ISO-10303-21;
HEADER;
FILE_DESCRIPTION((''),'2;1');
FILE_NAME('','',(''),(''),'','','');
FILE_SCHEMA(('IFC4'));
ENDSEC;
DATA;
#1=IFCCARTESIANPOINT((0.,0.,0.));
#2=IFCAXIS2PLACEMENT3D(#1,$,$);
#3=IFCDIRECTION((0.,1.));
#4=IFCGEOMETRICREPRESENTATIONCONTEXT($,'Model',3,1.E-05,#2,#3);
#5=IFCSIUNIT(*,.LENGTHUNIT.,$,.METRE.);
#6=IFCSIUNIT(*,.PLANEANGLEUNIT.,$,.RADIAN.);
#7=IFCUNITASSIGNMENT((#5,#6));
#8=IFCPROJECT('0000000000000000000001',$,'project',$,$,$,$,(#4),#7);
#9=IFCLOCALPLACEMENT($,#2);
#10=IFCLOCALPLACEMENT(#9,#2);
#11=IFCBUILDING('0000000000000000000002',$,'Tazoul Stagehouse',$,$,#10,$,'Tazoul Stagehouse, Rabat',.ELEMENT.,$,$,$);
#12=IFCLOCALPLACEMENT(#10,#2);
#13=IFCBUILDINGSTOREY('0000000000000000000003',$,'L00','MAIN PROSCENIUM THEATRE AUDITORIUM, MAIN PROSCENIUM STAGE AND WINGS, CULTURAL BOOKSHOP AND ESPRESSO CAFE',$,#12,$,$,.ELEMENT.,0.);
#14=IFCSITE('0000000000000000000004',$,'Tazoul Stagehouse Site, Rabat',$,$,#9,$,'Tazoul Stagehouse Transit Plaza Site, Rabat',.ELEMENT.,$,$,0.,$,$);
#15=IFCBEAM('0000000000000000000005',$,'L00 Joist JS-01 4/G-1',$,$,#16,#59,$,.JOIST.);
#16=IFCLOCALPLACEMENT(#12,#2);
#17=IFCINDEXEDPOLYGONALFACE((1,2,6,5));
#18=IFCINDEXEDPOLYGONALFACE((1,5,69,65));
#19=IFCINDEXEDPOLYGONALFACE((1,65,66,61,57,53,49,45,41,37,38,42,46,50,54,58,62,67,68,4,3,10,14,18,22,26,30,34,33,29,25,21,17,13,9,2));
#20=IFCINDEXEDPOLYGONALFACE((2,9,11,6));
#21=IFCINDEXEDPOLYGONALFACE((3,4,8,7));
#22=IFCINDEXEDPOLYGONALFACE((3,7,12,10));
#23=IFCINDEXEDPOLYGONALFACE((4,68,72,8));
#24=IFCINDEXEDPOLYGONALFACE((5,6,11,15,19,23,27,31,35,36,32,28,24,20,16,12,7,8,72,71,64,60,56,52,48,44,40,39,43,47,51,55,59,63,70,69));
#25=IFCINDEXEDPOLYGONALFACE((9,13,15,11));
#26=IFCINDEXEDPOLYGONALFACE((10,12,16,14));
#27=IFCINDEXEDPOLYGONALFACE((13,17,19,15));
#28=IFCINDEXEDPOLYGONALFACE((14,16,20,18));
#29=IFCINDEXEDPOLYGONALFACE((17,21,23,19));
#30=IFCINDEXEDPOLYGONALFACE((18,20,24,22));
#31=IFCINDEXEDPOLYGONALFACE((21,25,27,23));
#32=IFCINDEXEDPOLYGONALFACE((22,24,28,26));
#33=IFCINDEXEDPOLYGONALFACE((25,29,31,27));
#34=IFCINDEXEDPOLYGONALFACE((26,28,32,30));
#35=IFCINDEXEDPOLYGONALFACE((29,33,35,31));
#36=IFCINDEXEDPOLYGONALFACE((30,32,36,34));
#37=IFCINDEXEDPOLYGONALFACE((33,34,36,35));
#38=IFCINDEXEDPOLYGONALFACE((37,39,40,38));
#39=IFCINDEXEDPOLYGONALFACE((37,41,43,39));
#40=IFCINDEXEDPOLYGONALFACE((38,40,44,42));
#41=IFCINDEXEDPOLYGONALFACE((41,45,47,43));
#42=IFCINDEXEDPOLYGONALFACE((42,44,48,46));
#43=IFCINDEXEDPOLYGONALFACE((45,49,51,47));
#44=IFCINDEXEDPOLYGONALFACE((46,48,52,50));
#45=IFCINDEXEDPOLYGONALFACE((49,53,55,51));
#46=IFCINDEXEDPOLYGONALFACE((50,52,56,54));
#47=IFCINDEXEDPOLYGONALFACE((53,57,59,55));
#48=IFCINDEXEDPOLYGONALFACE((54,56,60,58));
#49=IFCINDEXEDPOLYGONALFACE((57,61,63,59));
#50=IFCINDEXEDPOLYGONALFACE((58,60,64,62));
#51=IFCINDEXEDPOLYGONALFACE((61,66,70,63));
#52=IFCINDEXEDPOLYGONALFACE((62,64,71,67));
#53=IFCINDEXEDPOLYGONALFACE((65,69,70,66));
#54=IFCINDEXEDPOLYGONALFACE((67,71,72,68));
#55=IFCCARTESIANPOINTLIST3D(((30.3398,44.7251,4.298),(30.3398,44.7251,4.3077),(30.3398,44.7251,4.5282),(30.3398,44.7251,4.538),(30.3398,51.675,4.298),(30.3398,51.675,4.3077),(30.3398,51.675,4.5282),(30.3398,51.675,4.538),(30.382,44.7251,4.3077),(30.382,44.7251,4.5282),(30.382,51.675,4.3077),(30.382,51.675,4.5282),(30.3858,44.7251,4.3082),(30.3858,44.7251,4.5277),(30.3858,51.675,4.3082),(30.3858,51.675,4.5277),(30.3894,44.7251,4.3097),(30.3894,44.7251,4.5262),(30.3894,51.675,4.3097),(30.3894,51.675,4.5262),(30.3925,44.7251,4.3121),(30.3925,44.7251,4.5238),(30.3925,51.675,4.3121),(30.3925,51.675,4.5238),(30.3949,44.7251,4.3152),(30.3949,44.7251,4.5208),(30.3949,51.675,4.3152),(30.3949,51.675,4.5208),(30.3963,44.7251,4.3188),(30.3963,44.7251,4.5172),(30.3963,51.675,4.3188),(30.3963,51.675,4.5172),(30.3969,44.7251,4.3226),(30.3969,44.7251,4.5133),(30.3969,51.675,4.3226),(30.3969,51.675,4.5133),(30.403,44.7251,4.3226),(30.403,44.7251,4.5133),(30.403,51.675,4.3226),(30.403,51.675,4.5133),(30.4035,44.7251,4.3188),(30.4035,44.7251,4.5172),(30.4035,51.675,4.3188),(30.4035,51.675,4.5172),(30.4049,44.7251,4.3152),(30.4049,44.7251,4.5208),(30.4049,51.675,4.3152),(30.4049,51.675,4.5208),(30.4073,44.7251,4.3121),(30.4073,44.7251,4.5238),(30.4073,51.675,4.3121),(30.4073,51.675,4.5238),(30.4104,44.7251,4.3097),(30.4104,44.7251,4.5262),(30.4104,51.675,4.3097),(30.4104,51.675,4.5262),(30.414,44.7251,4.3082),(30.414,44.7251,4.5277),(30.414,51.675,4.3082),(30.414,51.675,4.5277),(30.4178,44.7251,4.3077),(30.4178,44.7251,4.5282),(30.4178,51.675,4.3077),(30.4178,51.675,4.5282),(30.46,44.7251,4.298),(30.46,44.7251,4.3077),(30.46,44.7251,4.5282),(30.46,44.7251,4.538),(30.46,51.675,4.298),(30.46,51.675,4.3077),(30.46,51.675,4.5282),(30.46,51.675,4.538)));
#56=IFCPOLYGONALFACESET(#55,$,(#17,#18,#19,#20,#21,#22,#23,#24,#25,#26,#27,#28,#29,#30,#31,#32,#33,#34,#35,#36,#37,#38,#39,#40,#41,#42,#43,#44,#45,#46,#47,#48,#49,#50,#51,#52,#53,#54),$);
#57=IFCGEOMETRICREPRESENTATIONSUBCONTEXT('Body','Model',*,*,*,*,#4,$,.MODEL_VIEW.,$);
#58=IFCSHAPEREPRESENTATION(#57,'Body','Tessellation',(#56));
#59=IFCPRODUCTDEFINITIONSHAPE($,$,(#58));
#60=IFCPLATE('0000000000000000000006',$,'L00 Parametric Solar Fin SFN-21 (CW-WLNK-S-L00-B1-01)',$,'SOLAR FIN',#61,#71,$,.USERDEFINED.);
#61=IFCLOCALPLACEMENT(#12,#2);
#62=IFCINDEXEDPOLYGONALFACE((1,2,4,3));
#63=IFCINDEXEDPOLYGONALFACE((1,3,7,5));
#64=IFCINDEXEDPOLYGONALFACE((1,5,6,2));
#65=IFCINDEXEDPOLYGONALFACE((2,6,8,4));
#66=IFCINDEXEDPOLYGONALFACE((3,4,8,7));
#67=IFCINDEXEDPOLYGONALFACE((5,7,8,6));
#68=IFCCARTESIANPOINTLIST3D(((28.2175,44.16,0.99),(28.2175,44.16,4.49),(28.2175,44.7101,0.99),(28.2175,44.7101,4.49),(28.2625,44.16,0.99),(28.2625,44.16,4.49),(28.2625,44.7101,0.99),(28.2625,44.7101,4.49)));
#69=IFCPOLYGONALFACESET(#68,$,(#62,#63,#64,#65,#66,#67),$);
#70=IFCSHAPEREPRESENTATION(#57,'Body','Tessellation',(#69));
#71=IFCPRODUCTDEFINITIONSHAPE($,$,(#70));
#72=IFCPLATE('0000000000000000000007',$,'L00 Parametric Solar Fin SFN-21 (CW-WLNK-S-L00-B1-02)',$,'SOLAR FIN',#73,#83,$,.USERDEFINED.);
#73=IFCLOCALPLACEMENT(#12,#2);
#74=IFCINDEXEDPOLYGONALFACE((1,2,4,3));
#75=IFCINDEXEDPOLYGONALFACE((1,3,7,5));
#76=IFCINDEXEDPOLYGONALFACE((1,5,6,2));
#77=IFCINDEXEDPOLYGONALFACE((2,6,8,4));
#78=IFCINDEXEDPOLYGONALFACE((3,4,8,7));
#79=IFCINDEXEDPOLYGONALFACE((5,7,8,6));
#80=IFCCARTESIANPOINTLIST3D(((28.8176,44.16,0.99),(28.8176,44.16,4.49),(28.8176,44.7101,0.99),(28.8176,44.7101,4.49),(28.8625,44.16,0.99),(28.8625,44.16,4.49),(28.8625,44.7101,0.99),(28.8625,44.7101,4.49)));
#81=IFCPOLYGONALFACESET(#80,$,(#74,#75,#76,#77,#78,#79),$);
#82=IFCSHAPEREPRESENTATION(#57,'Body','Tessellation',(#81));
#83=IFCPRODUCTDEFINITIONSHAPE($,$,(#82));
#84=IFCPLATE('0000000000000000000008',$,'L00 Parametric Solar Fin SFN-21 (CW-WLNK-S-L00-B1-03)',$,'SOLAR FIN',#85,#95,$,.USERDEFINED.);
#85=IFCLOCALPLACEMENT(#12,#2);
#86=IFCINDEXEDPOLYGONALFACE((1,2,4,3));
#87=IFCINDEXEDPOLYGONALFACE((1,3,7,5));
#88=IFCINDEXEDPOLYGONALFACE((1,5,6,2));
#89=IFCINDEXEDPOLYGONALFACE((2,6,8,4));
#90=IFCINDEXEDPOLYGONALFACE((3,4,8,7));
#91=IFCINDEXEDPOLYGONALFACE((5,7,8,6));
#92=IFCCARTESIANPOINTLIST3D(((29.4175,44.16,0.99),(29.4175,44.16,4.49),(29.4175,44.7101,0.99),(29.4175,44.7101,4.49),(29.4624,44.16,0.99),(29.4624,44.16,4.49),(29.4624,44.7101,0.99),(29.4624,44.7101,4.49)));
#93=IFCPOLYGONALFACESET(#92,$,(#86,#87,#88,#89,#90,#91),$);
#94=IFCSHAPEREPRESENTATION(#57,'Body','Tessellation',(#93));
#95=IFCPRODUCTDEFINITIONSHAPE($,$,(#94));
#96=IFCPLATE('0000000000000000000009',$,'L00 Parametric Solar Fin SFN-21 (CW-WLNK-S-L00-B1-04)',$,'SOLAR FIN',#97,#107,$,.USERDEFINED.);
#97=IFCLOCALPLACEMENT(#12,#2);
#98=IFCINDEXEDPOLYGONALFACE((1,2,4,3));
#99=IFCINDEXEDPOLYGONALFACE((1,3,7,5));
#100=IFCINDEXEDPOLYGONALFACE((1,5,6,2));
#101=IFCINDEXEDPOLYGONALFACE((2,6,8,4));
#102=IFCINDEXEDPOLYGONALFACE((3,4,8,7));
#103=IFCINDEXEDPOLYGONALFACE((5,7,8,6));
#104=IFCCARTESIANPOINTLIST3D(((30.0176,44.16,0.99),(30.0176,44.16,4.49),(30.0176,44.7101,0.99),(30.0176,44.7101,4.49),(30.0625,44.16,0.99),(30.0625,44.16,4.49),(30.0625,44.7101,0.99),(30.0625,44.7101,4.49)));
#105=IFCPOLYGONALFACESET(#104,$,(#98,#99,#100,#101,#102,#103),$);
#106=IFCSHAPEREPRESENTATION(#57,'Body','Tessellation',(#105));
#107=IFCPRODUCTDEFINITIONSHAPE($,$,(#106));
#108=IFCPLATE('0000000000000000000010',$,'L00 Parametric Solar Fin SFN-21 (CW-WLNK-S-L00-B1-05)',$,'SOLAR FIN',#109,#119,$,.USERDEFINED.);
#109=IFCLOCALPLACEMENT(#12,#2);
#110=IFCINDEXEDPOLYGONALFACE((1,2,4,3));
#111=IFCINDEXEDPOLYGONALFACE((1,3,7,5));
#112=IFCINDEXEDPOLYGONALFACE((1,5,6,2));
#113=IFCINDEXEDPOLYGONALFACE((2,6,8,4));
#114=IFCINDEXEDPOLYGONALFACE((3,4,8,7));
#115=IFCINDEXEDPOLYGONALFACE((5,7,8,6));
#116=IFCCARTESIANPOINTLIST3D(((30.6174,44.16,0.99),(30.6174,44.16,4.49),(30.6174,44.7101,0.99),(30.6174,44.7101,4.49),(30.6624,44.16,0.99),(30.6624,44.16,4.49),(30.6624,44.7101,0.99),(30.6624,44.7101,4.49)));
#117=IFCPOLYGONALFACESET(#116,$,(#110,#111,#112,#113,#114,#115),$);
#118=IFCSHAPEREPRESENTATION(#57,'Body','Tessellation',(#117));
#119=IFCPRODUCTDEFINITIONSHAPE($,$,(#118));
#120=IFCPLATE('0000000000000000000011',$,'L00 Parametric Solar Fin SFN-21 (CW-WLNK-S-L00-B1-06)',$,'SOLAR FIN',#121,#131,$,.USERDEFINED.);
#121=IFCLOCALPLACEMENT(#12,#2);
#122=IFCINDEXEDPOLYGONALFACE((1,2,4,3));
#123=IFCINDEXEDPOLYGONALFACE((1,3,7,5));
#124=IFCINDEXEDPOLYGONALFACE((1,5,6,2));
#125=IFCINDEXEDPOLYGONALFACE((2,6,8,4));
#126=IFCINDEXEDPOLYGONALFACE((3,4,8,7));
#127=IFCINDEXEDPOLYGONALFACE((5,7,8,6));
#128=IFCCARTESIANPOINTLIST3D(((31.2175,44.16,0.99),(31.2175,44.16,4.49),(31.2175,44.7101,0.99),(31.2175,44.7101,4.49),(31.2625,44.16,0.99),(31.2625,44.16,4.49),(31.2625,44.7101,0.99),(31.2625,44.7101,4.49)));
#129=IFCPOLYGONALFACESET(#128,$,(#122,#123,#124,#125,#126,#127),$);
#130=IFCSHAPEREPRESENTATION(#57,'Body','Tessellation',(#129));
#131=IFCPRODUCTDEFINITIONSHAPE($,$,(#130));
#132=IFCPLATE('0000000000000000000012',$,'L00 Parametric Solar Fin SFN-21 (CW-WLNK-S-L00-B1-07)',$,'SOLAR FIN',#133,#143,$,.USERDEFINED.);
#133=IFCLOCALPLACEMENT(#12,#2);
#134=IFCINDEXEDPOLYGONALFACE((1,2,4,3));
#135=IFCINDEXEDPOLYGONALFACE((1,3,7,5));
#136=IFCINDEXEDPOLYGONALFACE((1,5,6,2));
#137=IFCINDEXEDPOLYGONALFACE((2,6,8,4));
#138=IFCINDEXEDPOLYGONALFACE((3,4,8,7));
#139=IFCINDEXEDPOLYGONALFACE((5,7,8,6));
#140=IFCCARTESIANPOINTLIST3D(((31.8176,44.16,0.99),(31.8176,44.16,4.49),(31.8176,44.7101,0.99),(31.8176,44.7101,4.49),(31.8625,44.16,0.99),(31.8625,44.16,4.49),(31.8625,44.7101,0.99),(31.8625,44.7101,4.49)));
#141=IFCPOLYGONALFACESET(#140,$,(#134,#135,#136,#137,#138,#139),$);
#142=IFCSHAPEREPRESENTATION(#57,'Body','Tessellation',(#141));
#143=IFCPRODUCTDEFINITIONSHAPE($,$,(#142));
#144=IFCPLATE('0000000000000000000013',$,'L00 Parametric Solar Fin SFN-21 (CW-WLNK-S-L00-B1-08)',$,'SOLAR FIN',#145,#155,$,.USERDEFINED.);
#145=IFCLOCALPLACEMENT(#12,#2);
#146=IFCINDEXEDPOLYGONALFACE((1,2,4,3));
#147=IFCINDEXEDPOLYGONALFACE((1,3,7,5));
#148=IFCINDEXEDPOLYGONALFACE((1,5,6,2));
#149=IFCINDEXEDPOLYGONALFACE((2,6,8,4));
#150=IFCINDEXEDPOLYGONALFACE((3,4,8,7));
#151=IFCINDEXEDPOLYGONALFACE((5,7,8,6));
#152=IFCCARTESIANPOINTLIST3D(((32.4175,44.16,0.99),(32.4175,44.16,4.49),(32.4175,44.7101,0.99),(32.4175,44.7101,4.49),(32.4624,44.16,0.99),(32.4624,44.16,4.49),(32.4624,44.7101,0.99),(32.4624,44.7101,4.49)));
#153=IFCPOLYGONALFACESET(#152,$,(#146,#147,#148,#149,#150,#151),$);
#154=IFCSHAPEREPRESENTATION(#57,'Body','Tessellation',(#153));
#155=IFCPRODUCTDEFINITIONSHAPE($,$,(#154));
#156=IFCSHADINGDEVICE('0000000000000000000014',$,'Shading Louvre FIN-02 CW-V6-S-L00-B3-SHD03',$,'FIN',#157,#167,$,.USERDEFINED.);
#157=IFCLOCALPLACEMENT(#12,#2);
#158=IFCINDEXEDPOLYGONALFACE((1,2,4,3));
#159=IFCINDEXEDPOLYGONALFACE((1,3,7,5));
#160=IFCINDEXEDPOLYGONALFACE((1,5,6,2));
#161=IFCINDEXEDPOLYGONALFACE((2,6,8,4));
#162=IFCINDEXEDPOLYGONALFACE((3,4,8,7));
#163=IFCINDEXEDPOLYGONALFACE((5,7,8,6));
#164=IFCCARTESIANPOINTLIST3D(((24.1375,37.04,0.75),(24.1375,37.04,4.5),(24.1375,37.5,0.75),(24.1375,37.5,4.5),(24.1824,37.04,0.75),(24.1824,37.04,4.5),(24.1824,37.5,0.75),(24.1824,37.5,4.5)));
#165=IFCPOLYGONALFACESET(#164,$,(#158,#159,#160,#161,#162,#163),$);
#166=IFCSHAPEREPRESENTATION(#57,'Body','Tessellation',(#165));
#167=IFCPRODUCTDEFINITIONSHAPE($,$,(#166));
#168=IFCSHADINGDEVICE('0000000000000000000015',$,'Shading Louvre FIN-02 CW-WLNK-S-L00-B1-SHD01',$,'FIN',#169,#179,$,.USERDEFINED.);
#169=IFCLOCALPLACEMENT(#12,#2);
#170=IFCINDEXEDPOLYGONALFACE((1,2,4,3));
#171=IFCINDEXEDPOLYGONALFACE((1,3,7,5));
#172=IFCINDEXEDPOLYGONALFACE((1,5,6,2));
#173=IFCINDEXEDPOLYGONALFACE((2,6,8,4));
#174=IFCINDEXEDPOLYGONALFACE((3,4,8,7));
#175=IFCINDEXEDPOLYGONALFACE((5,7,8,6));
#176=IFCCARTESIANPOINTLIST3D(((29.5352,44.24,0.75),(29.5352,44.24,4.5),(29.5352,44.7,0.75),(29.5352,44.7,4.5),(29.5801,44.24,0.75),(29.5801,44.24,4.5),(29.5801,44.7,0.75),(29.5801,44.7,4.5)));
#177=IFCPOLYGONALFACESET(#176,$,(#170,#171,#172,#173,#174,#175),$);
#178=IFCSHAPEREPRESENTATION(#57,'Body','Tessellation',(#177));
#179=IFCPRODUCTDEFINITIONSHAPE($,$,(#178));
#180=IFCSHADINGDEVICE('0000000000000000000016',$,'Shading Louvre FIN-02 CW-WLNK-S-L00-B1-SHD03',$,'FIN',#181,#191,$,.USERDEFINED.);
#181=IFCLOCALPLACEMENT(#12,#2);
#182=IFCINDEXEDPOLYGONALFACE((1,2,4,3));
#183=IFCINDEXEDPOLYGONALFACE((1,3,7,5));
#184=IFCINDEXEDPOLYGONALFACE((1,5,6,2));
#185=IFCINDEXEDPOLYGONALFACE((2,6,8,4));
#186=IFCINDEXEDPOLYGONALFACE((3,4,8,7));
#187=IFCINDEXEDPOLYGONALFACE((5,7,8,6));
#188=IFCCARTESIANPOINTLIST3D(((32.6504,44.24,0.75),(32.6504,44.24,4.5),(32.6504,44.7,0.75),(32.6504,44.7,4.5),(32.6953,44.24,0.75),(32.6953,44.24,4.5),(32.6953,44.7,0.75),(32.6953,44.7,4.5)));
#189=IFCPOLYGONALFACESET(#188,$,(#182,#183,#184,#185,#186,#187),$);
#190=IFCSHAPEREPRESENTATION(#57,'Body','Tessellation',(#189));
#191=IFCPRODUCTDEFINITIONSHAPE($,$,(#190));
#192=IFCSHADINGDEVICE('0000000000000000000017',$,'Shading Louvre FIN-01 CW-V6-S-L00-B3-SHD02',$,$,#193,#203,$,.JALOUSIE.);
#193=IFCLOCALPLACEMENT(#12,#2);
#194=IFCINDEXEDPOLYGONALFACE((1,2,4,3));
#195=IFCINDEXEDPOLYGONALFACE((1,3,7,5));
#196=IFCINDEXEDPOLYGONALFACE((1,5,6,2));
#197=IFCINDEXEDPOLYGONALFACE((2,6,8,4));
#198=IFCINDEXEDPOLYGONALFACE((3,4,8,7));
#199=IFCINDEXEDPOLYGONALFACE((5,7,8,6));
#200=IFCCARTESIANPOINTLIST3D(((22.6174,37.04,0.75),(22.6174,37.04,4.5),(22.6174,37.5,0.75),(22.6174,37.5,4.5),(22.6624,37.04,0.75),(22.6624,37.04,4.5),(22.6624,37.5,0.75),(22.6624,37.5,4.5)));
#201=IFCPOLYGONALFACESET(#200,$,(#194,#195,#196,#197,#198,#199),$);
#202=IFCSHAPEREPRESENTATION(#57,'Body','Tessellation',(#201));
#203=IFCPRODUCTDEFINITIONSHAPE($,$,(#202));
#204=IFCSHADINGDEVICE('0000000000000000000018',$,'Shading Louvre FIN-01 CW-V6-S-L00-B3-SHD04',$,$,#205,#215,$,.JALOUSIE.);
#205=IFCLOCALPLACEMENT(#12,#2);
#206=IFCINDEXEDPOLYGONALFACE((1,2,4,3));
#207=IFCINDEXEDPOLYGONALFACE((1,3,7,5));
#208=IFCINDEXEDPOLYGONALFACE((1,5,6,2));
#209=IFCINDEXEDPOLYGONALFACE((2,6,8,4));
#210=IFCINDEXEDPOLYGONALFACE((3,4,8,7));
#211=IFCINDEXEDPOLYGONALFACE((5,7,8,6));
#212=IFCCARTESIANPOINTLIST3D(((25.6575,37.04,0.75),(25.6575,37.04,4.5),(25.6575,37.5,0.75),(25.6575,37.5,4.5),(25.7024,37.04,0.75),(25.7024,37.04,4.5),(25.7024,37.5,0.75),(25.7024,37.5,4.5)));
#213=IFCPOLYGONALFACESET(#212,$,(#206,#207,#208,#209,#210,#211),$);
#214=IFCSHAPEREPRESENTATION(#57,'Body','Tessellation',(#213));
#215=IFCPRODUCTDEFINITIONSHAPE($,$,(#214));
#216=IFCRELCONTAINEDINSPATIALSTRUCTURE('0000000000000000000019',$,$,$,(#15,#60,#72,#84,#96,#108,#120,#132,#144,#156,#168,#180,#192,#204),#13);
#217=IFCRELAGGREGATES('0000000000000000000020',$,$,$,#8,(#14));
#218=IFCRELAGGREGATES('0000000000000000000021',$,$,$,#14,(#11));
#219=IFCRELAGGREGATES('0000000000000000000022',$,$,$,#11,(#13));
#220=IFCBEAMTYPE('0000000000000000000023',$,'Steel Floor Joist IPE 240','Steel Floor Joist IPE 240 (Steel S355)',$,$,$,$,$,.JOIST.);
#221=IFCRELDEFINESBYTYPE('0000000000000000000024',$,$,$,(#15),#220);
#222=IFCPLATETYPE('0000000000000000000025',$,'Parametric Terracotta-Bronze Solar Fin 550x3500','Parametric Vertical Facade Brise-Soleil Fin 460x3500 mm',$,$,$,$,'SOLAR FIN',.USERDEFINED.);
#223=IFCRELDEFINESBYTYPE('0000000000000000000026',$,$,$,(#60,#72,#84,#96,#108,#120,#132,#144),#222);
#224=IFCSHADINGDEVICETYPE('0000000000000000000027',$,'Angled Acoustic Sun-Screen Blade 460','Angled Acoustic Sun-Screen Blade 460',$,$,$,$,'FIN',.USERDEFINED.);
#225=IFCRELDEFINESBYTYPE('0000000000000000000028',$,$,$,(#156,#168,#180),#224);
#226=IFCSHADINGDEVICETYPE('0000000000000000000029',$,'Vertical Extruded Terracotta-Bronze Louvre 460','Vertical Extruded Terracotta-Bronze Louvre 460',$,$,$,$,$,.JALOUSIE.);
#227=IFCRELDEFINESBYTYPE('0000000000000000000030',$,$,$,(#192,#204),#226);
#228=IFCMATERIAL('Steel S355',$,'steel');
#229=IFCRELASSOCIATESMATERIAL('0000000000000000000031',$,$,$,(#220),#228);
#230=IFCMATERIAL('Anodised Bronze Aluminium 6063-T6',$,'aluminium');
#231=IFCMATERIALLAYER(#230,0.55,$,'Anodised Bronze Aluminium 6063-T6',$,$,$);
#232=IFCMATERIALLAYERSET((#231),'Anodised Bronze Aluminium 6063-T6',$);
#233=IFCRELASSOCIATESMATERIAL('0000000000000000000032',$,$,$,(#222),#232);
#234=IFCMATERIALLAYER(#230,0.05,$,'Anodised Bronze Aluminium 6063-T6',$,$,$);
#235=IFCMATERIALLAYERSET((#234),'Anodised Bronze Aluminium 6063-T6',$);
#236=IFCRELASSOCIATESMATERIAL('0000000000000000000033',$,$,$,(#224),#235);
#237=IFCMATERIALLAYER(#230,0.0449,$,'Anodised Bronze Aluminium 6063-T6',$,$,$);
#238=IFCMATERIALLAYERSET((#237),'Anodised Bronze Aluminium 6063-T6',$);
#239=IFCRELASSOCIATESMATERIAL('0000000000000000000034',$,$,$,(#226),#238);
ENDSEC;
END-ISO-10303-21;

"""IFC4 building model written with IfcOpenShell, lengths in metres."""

from ifc_helpers import new_model, si_unit, direction, frame, origin, origin_2d, place, context, subcontext, project, spatial, rectangle, i_section, extrude, material, layer, layer_set, material_profile, profile_set, type_object, element, save


model = new_model("IFC4")

# Units and contexts
model_context = context("Model", 3, precision=1e-05, world=origin(), true_north=direction((0.0, 1.0)))
body_context = subcontext(model_context, "Body", "Model", "MODEL_VIEW")
ifc_project = project(units=[si_unit("LENGTHUNIT", "METRE"), si_unit("PLANEANGLEUNIT", "RADIAN")], contexts=[model_context])

# Site, building, storey
site_placement = place(None, origin())
site = spatial("IfcSite", under=ifc_project, at=site_placement, Name="Tazoul Stagehouse Site, Rabat", LongName="Tazoul Stagehouse Transit Plaza Site, Rabat", CompositionType="ELEMENT", RefElevation=0.0)
building_placement = place(site_placement, origin())
building = spatial("IfcBuilding", under=site, at=building_placement, Name="Tazoul Stagehouse", LongName="Tazoul Stagehouse, Rabat", CompositionType="ELEMENT")
storey_placement = place(building_placement, origin())
storey = spatial("IfcBuildingStorey", under=building, at=storey_placement, Name="L00", Description="MAIN PROSCENIUM THEATRE AUDITORIUM, MAIN PROSCENIUM STAGE AND WINGS, CULTURAL BOOKSHOP AND ESPRESSO CAFE", CompositionType="ELEMENT", Elevation=0.0)

# Shared definitions
ifc_material_1 = material(Name="Steel S355", Category="steel")

# Beam
ifc_material_profile_1 = material_profile(ifc_material_1, i_section(OverallWidth=0.1201, OverallDepth=0.24, WebThickness=0.0061, FlangeThickness=0.0098, FilletRadius=0.0149, at=origin_2d()), Name="IPE 240")
ifc_profile_set_1 = profile_set([ifc_material_profile_1], Name="Steel S355")
beam_type_1 = type_object("IfcBeamType", Name="Steel Floor Joist IPE 240", Description="Steel Floor Joist IPE 240 (Steel S355)", PredefinedType="JOIST", material=ifc_profile_set_1)
beam_1_placement = place(storey_placement, frame((30.3999, 44.7251, 4.418), z_axis=(0.0, 1.0, 0.0), x_axis=(-1.0, 0.0, 0.0)))
element("IfcBeam", 1, at=beam_1_placement, inside=storey, type_object=beam_type_1, Name="L00 Joist JS-01 4/G-1", PredefinedType="JOIST", context=body_context, shape_type="SweptSolid", body=[
    extrude(i_section(OverallWidth=0.1201, OverallDepth=0.24, WebThickness=0.0061, FlangeThickness=0.0098, FilletRadius=0.0149, at=origin_2d()), origin(), (0.0, 0.0, 1.0), 6.95),
])

# Plates
ifc_material_2 = material(Name="Anodised Bronze Aluminium 6063-T6", Category="aluminium")
ifc_layer_1 = layer(ifc_material_2, 0.55, Name="Anodised Bronze Aluminium 6063-T6")
ifc_layer_set_1 = layer_set([ifc_layer_1], Name="Anodised Bronze Aluminium 6063-T6")
plate_type = type_object("IfcPlateType", Name="Parametric Terracotta-Bronze Solar Fin 550x3500", Description="Parametric Vertical Facade Brise-Soleil Fin 460x3500 mm", ElementType="SOLAR FIN", PredefinedType="USERDEFINED", material=ifc_layer_set_1)
for number, where, z_axis, x_axis, name in (
    (2, (28.24, 44.4351, 0.99), (0.0, 0.0, 1.0), (1.0, 0.0, 0.0), "L00 Parametric Solar Fin SFN-21 (CW-WLNK-S-L00-B1-01)"),
    (3, (28.8401, 44.4351, 0.99), (0.0, 0.0, 1.0), (1.0, 0.0, 0.0), "L00 Parametric Solar Fin SFN-21 (CW-WLNK-S-L00-B1-02)"),
    (4, (29.4399, 44.4351, 0.99), (0.0, 0.0, 1.0), (1.0, 0.0, 0.0), "L00 Parametric Solar Fin SFN-21 (CW-WLNK-S-L00-B1-03)"),
    (5, (30.04, 44.4351, 0.99), (0.0, 0.0, 1.0), (1.0, 0.0, 0.0), "L00 Parametric Solar Fin SFN-21 (CW-WLNK-S-L00-B1-04)"),
    (6, (30.6399, 44.4351, 0.99), (0.0, 0.0, 1.0), (1.0, 0.0, 0.0), "L00 Parametric Solar Fin SFN-21 (CW-WLNK-S-L00-B1-05)"),
    (7, (31.24, 44.4351, 0.99), (0.0, 0.0, 1.0), (1.0, 0.0, 0.0), "L00 Parametric Solar Fin SFN-21 (CW-WLNK-S-L00-B1-06)"),
    (8, (31.8401, 44.4351, 0.99), (0.0, 0.0, 1.0), (1.0, 0.0, 0.0), "L00 Parametric Solar Fin SFN-21 (CW-WLNK-S-L00-B1-07)"),
    (9, (32.4399, 44.4351, 0.99), (0.0, 0.0, 1.0), (1.0, 0.0, 0.0), "L00 Parametric Solar Fin SFN-21 (CW-WLNK-S-L00-B1-08)"),
):
    element("IfcPlate", number, at=place(storey_placement, frame(where, z_axis=z_axis, x_axis=x_axis)), inside=storey, type_object=plate_type, Name=name, ObjectType="SOLAR FIN", PredefinedType="USERDEFINED", context=body_context, shape_type="SweptSolid", body=[
        extrude(rectangle(XDim=0.0449, YDim=0.55, at=origin_2d()), origin(), (0.0, 0.0, 1.0), 3.5),
    ])

# Shading devices
ifc_layer_2 = layer(ifc_material_2, 0.05, Name="Anodised Bronze Aluminium 6063-T6")
ifc_layer_set_2 = layer_set([ifc_layer_2], Name="Anodised Bronze Aluminium 6063-T6")
shading_device_type_1 = type_object("IfcShadingDeviceType", Name="Angled Acoustic Sun-Screen Blade 460", Description="Angled Acoustic Sun-Screen Blade 460", ElementType="FIN", PredefinedType="USERDEFINED", material=ifc_layer_set_2)
for number, where, z_axis, x_axis, name in (
    (10, (24.1599, 37.27, 0.75), (0.0, 0.0, 1.0), (1.0, 0.0, 0.0), "Shading Louvre FIN-02 CW-V6-S-L00-B3-SHD03"),
    (11, (29.5576, 44.47, 0.75), (0.0, 0.0, 1.0), (1.0, 0.0, 0.0), "Shading Louvre FIN-02 CW-WLNK-S-L00-B1-SHD01"),
    (12, (32.6729, 44.47, 0.75), (0.0, 0.0, 1.0), (1.0, 0.0, 0.0), "Shading Louvre FIN-02 CW-WLNK-S-L00-B1-SHD03"),
):
    element("IfcShadingDevice", number, at=place(storey_placement, frame(where, z_axis=z_axis, x_axis=x_axis)), inside=storey, type_object=shading_device_type_1, Name=name, ObjectType="FIN", PredefinedType="USERDEFINED", context=body_context, shape_type="SweptSolid", body=[
        extrude(rectangle(XDim=0.0449, YDim=0.46, at=origin_2d()), origin(), (0.0, 0.0, 1.0), 3.75),
    ])
ifc_layer_3 = layer(ifc_material_2, 0.0449, Name="Anodised Bronze Aluminium 6063-T6")
ifc_layer_set_3 = layer_set([ifc_layer_3], Name="Anodised Bronze Aluminium 6063-T6")
shading_device_type_2 = type_object("IfcShadingDeviceType", Name="Vertical Extruded Terracotta-Bronze Louvre 460", Description="Vertical Extruded Terracotta-Bronze Louvre 460", PredefinedType="JALOUSIE", material=ifc_layer_set_3)
for number, where, z_axis, x_axis, name in (
    (13, (22.6399, 37.27, 0.75), (0.0, 0.0, 1.0), (1.0, 0.0, 0.0), "Shading Louvre FIN-01 CW-V6-S-L00-B3-SHD02"),
    (14, (25.6799, 37.27, 0.75), (0.0, 0.0, 1.0), (1.0, 0.0, 0.0), "Shading Louvre FIN-01 CW-V6-S-L00-B3-SHD04"),
):
    element("IfcShadingDevice", number, at=place(storey_placement, frame(where, z_axis=z_axis, x_axis=x_axis)), inside=storey, type_object=shading_device_type_2, Name=name, PredefinedType="JALOUSIE", context=body_context, shape_type="SweptSolid", body=[
        extrude(rectangle(XDim=0.0449, YDim=0.46, at=origin_2d()), origin(), (0.0, 0.0, 1.0), 3.75),
    ])

save(model, "model.ifc")
